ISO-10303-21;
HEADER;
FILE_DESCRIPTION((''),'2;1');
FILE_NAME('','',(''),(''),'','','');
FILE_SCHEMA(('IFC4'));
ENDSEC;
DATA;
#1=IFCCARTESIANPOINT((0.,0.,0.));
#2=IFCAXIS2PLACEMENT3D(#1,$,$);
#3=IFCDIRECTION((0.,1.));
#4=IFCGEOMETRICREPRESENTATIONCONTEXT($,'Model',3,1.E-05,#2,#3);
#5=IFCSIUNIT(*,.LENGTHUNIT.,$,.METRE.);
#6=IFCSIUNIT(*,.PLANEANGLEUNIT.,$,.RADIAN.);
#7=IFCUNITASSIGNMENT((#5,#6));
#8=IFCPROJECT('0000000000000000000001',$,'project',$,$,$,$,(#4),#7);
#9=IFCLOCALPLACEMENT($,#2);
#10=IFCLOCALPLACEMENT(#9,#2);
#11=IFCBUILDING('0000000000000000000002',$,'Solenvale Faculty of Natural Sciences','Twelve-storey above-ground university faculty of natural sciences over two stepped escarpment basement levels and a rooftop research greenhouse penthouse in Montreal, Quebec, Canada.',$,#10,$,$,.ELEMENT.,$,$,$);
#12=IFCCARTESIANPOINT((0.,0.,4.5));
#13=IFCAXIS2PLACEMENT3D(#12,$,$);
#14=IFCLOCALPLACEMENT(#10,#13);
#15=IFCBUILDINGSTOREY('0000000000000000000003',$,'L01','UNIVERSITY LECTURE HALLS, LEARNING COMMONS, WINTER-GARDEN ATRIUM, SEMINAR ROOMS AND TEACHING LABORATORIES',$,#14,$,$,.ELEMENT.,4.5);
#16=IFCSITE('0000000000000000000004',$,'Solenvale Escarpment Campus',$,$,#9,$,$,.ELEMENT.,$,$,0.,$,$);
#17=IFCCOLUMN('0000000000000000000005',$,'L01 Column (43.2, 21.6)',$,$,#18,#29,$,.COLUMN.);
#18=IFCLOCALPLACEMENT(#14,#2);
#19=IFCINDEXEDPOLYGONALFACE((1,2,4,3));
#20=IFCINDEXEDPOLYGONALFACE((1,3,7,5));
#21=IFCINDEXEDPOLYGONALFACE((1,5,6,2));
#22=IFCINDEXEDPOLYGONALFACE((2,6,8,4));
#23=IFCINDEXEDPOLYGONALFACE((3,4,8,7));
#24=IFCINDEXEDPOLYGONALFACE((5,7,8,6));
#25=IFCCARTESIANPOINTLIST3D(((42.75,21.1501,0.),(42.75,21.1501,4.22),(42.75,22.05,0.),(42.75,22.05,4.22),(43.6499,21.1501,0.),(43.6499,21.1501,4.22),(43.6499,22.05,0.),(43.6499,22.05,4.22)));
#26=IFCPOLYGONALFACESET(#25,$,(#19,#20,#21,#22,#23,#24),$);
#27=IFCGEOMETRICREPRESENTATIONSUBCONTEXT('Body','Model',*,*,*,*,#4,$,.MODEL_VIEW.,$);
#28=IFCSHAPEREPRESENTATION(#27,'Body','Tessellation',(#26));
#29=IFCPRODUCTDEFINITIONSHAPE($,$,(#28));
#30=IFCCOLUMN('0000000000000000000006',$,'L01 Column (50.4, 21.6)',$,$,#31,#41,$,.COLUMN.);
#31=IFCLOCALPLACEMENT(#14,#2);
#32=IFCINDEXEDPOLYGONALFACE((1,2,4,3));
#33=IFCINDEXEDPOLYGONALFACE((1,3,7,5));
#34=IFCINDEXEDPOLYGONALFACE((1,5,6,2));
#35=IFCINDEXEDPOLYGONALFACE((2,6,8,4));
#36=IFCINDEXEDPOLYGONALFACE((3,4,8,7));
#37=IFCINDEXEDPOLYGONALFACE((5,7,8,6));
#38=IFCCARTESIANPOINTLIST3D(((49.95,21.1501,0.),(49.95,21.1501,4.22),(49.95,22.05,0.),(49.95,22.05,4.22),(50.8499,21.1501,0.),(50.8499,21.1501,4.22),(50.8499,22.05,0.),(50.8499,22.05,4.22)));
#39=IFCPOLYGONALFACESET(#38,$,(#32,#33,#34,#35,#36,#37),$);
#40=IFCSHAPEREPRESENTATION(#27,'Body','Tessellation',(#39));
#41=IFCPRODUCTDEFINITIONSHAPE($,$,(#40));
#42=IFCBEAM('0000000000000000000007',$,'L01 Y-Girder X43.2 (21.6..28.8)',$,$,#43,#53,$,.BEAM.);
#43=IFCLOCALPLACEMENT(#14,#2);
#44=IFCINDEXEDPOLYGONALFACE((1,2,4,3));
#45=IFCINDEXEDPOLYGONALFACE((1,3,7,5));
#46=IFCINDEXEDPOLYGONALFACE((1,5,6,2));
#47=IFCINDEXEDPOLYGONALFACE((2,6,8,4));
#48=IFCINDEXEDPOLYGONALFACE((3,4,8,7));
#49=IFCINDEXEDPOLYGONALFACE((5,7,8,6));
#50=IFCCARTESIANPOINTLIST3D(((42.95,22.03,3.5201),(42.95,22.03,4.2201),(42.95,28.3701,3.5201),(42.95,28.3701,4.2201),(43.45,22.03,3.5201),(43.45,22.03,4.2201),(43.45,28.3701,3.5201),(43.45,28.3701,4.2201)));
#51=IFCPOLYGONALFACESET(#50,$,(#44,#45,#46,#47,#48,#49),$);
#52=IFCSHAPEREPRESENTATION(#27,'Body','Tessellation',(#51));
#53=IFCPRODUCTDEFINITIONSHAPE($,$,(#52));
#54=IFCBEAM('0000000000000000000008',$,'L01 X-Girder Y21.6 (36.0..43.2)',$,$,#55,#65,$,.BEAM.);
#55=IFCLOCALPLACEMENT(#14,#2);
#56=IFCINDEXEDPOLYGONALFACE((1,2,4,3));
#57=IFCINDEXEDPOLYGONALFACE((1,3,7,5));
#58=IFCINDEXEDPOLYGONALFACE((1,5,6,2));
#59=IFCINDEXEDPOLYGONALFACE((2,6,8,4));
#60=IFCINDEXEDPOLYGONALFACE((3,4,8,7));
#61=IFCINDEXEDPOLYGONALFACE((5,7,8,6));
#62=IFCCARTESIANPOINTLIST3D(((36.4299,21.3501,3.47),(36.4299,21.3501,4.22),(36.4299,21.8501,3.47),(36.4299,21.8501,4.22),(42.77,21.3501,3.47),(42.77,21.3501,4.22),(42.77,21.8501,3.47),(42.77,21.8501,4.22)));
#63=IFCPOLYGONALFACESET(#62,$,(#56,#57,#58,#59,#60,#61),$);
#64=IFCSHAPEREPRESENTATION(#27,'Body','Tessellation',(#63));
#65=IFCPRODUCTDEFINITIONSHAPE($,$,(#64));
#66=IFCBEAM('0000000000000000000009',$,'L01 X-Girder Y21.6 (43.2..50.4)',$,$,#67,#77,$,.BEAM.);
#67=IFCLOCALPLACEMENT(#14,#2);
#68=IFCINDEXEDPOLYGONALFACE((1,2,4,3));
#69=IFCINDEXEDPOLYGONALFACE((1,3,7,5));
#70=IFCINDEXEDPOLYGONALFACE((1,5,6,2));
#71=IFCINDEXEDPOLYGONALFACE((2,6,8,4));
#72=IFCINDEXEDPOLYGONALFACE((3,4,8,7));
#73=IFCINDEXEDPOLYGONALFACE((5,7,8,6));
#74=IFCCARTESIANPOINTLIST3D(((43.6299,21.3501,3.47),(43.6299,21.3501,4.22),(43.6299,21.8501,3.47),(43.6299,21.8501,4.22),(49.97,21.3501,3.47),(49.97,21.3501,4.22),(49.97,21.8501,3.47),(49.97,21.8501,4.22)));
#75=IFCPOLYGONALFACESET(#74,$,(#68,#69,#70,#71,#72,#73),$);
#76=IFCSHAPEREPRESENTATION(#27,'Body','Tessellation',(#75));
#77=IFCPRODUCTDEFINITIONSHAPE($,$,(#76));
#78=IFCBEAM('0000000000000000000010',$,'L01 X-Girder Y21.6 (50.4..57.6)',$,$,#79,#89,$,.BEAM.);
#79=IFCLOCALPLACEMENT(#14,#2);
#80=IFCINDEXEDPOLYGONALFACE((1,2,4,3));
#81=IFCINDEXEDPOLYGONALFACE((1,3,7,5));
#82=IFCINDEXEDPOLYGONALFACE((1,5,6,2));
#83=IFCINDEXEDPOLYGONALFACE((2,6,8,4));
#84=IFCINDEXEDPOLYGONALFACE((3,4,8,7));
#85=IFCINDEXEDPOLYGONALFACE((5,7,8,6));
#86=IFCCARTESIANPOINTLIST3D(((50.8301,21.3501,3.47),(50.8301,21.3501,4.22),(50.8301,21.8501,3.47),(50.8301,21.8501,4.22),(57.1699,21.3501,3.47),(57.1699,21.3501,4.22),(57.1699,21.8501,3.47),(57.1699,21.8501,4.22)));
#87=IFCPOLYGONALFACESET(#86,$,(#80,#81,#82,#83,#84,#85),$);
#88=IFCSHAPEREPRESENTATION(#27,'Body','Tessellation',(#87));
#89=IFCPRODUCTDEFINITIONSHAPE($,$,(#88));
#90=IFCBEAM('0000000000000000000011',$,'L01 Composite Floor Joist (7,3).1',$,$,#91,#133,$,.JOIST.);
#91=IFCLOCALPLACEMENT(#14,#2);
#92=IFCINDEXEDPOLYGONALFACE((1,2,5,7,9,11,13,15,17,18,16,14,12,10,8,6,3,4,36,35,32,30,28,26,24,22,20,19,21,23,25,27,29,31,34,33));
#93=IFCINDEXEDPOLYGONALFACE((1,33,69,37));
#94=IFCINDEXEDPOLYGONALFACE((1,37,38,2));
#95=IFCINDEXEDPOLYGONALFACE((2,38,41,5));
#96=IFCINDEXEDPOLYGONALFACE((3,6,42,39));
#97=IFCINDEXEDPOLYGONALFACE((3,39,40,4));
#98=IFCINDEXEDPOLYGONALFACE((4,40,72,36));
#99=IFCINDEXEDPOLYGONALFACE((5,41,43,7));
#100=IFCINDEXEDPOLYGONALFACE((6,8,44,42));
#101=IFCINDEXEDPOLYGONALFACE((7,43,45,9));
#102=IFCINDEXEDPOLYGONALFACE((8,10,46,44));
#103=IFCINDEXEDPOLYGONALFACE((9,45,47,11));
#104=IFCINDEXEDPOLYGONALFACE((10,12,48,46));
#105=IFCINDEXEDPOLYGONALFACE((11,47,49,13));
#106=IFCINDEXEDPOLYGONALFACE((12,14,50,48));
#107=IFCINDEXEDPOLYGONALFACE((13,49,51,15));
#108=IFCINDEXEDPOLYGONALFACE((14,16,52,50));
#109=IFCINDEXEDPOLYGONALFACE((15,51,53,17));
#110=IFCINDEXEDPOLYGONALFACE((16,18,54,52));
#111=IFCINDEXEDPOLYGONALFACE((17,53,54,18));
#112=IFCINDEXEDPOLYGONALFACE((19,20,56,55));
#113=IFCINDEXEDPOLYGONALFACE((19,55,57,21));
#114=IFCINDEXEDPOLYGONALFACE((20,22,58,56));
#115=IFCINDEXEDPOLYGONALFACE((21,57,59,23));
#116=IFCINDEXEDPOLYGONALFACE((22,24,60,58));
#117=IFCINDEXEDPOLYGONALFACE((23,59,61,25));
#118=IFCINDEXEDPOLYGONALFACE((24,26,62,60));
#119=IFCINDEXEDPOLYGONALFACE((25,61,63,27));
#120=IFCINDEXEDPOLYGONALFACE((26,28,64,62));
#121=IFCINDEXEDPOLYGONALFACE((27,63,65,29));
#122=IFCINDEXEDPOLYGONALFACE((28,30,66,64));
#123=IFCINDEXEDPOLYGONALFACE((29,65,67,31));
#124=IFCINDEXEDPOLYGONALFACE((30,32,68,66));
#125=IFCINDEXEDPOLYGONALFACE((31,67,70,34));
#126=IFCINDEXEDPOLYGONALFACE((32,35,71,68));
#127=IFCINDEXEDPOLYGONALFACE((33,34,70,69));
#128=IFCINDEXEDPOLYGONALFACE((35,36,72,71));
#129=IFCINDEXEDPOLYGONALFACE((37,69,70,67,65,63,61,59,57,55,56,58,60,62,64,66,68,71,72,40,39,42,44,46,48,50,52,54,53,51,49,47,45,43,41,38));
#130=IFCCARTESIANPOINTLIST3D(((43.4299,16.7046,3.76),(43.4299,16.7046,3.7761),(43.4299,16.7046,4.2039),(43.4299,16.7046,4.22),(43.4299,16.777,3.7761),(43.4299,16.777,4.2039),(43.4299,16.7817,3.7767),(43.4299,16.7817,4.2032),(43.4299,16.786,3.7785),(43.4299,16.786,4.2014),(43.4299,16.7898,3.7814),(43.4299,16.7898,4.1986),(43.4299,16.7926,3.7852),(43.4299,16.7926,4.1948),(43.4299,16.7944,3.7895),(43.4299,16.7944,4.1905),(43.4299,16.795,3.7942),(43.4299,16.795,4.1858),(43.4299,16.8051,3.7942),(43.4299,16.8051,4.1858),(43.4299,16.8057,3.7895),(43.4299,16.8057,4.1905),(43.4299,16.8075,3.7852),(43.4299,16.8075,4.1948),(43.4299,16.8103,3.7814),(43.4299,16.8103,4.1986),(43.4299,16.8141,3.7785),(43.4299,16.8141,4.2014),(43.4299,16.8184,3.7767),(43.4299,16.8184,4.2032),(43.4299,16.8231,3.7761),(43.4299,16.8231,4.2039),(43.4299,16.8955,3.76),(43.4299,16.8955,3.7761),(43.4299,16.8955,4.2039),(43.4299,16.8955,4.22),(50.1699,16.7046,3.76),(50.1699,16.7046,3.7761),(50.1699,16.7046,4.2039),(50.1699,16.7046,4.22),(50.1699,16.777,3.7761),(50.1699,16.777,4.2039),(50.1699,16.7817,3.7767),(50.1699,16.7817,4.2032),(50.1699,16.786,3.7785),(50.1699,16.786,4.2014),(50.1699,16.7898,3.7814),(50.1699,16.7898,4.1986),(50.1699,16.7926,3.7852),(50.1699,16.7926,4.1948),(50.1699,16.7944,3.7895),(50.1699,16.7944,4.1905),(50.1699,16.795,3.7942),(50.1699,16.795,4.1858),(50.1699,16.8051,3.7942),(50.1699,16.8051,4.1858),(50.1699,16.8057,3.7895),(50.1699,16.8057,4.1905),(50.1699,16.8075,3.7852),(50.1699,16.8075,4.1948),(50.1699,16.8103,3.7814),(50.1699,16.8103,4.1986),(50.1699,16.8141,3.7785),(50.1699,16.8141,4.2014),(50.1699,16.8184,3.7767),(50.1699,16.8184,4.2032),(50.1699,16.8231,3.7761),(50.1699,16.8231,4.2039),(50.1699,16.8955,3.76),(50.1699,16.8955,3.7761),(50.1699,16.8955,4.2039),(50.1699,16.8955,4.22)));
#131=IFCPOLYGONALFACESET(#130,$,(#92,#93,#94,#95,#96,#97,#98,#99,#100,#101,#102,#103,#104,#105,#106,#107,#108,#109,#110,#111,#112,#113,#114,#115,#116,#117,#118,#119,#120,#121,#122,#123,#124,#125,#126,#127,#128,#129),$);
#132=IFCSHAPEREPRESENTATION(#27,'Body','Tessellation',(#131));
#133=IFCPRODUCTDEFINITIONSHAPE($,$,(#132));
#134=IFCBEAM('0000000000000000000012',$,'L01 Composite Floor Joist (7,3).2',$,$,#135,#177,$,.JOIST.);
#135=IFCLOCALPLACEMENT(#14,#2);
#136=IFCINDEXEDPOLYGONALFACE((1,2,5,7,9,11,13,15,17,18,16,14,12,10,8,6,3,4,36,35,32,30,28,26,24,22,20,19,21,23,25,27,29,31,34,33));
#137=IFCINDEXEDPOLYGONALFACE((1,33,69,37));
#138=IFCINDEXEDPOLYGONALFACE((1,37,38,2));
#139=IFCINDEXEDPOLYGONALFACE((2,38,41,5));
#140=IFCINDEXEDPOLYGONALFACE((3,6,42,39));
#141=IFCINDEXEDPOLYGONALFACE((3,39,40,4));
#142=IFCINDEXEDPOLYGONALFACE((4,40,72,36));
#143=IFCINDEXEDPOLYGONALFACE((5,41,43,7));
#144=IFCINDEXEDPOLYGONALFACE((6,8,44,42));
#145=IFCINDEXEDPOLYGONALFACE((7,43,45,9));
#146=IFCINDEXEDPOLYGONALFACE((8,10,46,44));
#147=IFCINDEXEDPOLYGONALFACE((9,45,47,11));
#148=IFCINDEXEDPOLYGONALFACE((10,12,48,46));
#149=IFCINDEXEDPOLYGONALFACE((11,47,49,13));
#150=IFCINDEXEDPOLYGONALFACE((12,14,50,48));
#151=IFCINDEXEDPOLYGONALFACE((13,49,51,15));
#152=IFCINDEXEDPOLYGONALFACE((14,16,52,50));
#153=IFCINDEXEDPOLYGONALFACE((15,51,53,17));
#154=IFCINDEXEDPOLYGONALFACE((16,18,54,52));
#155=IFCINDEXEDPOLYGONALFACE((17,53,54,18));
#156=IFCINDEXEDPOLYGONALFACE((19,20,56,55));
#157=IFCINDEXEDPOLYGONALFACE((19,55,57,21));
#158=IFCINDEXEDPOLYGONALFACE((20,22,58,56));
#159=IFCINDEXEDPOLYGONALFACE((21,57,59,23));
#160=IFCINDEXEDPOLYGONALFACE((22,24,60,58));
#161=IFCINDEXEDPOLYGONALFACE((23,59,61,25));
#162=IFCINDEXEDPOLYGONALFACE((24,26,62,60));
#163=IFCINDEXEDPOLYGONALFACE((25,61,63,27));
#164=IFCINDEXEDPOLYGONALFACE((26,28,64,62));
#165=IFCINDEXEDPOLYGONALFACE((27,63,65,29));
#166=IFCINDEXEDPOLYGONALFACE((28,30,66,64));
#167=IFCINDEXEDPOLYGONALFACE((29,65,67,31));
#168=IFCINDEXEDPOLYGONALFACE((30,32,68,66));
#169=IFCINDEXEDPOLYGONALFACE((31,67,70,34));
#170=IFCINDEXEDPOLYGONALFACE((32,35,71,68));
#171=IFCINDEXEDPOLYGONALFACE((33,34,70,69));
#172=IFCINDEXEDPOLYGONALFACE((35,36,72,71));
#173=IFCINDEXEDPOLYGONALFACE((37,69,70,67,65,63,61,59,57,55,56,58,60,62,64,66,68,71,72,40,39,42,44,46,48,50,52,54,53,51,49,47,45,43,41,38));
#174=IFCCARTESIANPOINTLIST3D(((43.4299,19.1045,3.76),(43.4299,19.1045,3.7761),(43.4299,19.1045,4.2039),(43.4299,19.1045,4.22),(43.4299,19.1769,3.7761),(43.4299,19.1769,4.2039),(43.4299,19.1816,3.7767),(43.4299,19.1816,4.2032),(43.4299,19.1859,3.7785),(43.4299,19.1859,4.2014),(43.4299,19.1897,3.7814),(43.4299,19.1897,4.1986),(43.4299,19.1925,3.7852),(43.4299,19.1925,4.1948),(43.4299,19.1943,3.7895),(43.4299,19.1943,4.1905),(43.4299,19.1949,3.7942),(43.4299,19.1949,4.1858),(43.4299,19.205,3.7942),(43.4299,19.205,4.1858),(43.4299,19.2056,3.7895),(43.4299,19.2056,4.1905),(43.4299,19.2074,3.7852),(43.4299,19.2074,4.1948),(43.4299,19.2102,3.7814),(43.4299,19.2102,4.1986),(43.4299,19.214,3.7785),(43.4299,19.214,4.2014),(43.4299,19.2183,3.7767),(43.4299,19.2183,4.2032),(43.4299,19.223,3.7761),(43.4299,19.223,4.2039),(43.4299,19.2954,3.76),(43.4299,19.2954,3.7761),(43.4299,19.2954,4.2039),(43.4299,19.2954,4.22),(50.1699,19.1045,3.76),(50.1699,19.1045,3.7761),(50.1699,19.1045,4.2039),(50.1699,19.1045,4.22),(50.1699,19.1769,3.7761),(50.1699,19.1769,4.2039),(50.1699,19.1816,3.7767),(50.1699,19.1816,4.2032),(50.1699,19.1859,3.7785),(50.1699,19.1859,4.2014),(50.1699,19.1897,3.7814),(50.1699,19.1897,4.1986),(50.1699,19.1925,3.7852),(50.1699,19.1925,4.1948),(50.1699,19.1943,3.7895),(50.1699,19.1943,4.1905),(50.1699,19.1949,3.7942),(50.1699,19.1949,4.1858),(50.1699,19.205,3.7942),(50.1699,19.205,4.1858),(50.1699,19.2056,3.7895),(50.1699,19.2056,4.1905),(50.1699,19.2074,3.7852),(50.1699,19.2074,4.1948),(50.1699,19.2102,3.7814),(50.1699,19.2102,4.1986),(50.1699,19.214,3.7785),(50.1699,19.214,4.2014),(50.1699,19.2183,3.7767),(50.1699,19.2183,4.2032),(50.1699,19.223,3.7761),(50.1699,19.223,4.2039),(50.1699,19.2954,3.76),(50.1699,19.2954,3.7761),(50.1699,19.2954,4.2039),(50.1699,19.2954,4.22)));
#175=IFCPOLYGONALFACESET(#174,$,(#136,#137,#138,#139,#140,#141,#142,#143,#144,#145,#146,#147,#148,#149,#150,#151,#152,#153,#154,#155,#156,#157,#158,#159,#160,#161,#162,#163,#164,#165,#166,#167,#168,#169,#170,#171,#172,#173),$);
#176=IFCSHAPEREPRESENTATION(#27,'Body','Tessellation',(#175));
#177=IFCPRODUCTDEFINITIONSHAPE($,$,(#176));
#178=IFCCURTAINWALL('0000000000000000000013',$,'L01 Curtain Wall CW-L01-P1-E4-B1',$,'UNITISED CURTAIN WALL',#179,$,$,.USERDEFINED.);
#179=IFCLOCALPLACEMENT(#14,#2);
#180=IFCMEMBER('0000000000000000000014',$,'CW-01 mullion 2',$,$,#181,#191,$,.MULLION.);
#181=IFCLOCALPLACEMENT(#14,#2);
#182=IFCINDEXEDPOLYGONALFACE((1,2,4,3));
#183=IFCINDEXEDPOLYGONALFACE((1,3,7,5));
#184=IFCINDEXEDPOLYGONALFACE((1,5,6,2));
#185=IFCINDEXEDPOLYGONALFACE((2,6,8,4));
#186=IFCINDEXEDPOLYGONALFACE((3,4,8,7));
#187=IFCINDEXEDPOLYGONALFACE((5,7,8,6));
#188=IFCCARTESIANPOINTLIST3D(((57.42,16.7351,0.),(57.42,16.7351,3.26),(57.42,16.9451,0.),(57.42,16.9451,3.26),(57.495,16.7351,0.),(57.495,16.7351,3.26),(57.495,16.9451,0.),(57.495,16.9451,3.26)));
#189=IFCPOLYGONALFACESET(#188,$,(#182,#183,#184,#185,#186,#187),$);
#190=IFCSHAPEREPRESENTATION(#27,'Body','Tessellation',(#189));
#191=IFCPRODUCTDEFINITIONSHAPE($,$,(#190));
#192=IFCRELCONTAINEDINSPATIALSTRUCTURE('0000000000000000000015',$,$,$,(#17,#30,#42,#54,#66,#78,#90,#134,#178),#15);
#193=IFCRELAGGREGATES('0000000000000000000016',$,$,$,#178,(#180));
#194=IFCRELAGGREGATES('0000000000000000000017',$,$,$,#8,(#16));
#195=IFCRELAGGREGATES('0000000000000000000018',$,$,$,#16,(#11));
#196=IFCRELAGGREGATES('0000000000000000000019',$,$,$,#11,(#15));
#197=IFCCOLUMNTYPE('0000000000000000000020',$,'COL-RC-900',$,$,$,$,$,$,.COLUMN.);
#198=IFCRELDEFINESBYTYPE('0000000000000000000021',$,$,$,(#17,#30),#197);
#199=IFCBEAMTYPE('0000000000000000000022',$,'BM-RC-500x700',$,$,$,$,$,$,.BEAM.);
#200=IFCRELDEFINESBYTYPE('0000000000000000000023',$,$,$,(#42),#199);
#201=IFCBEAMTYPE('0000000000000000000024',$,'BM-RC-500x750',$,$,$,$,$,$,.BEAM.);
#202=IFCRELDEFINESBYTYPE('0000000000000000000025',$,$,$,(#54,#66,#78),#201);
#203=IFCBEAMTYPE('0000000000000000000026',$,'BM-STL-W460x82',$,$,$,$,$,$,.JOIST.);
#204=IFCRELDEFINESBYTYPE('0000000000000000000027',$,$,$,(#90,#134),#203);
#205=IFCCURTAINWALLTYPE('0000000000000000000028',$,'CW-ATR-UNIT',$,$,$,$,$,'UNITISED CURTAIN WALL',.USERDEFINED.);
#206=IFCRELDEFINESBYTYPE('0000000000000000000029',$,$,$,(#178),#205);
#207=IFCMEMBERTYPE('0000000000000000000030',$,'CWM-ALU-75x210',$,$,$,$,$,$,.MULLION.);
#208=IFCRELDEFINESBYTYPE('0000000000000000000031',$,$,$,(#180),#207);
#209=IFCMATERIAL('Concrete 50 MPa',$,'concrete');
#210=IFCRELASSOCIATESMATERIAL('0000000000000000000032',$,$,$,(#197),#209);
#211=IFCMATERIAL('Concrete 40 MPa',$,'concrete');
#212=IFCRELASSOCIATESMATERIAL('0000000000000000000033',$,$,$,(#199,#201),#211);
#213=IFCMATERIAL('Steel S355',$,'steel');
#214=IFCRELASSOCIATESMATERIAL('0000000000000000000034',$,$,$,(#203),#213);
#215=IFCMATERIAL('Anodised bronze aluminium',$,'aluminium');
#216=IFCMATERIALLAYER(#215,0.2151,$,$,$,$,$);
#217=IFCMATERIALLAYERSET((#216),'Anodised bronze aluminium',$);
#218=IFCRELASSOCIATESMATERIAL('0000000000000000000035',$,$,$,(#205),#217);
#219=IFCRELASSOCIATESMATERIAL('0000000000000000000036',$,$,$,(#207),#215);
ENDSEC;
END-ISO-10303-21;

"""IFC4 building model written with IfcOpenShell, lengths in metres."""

from ifc_helpers import new_model, si_unit, direction, frame, origin, origin_2d, place, context, subcontext, project, spatial, rectangle, i_section, extrude, material, layer, layer_set, material_profile, profile_set, type_object, element, aggregate, save


model = new_model("IFC4")

# Units and contexts
model_context = context("Model", 3, precision=1e-05, world=origin(), true_north=direction((0.0, 1.0)))
body_context = subcontext(model_context, "Body", "Model", "MODEL_VIEW")
ifc_project = project(units=[si_unit("LENGTHUNIT", "METRE"), si_unit("PLANEANGLEUNIT", "RADIAN")], contexts=[model_context])

# Site, building, storey
site_placement = place(None, origin())
site = spatial("IfcSite", under=ifc_project, at=site_placement, Name="Solenvale Escarpment Campus", CompositionType="ELEMENT", RefElevation=0.0)
building_placement = place(site_placement, origin())
building = spatial("IfcBuilding", under=site, at=building_placement, Name="Solenvale Faculty of Natural Sciences", Description="Twelve-storey above-ground university faculty of natural sciences over two stepped escarpment basement levels and a rooftop research greenhouse penthouse in Montreal, Quebec, Canada.", CompositionType="ELEMENT")
storey_placement = place(building_placement, frame((0.0, 0.0, 4.5)))
storey = spatial("IfcBuildingStorey", under=building, at=storey_placement, Name="L01", Description="UNIVERSITY LECTURE HALLS, LEARNING COMMONS, WINTER-GARDEN ATRIUM, SEMINAR ROOMS AND TEACHING LABORATORIES", CompositionType="ELEMENT", Elevation=4.5)

# Columns
ifc_material_1 = material(Name="Concrete 50 MPa", Category="concrete")
ifc_material_profile_1 = material_profile(ifc_material_1, rectangle(XDim=0.8999, YDim=0.8999, at=origin_2d()), Name="RC-COL-900x900")
ifc_profile_set_1 = profile_set([ifc_material_profile_1], Name="Concrete 50 MPa")
column_type = type_object("IfcColumnType", Name="COL-RC-900", PredefinedType="COLUMN", material=ifc_profile_set_1)
for number, where, z_axis, x_axis, name in (
    (1, (43.2, 21.6001, 0.0), (0.0, 0.0, 1.0), (1.0, 0.0, 0.0), "L01 Column (43.2, 21.6)"),
    (2, (50.3999, 21.6001, 0.0), (0.0, 0.0, 1.0), (1.0, 0.0, 0.0), "L01 Column (50.4, 21.6)"),
):
    element("IfcColumn", number, at=place(storey_placement, frame(where, z_axis=z_axis, x_axis=x_axis)), inside=storey, type_object=column_type, Name=name, PredefinedType="COLUMN", context=body_context, shape_type="SweptSolid", body=[
        extrude(rectangle(XDim=0.8999, YDim=0.8999, at=origin_2d()), origin(), (0.0, 0.0, 1.0), 4.22),
    ])

# Beams
ifc_material_2 = material(Name="Concrete 40 MPa", Category="concrete")
ifc_material_profile_2 = material_profile(ifc_material_2, rectangle(XDim=0.5, YDim=0.7, at=origin_2d()), Name="RC-BM-500x700")
ifc_profile_set_2 = profile_set([ifc_material_profile_2], Name="Concrete 40 MPa")
beam_type_1 = type_object("IfcBeamType", Name="BM-RC-500x700", PredefinedType="BEAM", material=ifc_profile_set_2)
beam_1_placement = place(storey_placement, frame((43.2, 22.03, 3.8701), z_axis=(0.0, 1.0, 0.0), x_axis=(-1.0, 0.0, 0.0)))
element("IfcBeam", 3, at=beam_1_placement, inside=storey, type_object=beam_type_1, Name="L01 Y-Girder X43.2 (21.6..28.8)", PredefinedType="BEAM", context=body_context, shape_type="SweptSolid", body=[
    extrude(rectangle(XDim=0.5, YDim=0.7, at=origin_2d()), origin(), (0.0, 0.0, 1.0), 6.3401),
])
ifc_material_profile_3 = material_profile(ifc_material_2, rectangle(XDim=0.5, YDim=0.75, at=origin_2d()), Name="RC-BM-500x750")
ifc_profile_set_3 = profile_set([ifc_material_profile_3], Name="Concrete 40 MPa")
beam_type_2 = type_object("IfcBeamType", Name="BM-RC-500x750", PredefinedType="BEAM", material=ifc_profile_set_3)
for number, where, z_axis, x_axis, name in (
    (4, (36.4299, 21.6001, 3.845), (1.0, 0.0, 0.0), (0.0, 1.0, 0.0), "L01 X-Girder Y21.6 (36.0..43.2)"),
    (5, (43.6299, 21.6001, 3.845), (1.0, 0.0, 0.0), (0.0, 1.0, 0.0), "L01 X-Girder Y21.6 (43.2..50.4)"),
):
    element("IfcBeam", number, at=place(storey_placement, frame(where, z_axis=z_axis, x_axis=x_axis)), inside=storey, type_object=beam_type_2, Name=name, PredefinedType="BEAM", context=body_context, shape_type="SweptSolid", body=[
        extrude(rectangle(XDim=0.5, YDim=0.75, at=origin_2d()), origin(), (0.0, 0.0, 1.0), 6.3401),
    ])
beam_2_placement = place(storey_placement, frame((50.8301, 21.6001, 3.845), z_axis=(1.0, 0.0, 0.0), x_axis=(0.0, 1.0, 0.0)))
element("IfcBeam", 6, at=beam_2_placement, inside=storey, type_object=beam_type_2, Name="L01 X-Girder Y21.6 (50.4..57.6)", PredefinedType="BEAM", context=body_context, shape_type="SweptSolid", body=[
    extrude(rectangle(XDim=0.5, YDim=0.75, at=origin_2d()), origin(), (0.0, 0.0, 1.0), 6.3398),
])
ifc_material_3 = material(Name="Steel S355", Category="steel")
ifc_material_profile_4 = material_profile(ifc_material_3, i_section(OverallWidth=0.1909, OverallDepth=0.46, WebThickness=0.01, FlangeThickness=0.0161, FilletRadius=0.0181, at=origin_2d()), Name="W460x82")
ifc_profile_set_4 = profile_set([ifc_material_profile_4], Name="Steel S355")
beam_type_3 = type_object("IfcBeamType", Name="BM-STL-W460x82", PredefinedType="JOIST", material=ifc_profile_set_4)
for number, where, z_axis, x_axis, name in (
    (7, (43.4299, 16.8, 3.99), (1.0, 0.0, 0.0), (0.0, 1.0, 0.0), "L01 Composite Floor Joist (7,3).1"),
    (8, (43.4299, 19.2, 3.99), (1.0, 0.0, 0.0), (0.0, 1.0, 0.0), "L01 Composite Floor Joist (7,3).2"),
):
    element("IfcBeam", number, at=place(storey_placement, frame(where, z_axis=z_axis, x_axis=x_axis)), inside=storey, type_object=beam_type_3, Name=name, PredefinedType="JOIST", context=body_context, shape_type="SweptSolid", body=[
        extrude(i_section(OverallWidth=0.1909, OverallDepth=0.46, WebThickness=0.01, FlangeThickness=0.0161, FilletRadius=0.0181, at=origin_2d()), origin(), (0.0, 0.0, 1.0), 6.74),
    ])

# Curtain wall, member
ifc_material_4 = material(Name="Anodised bronze aluminium", Category="aluminium")
ifc_layer_1 = layer(ifc_material_4, 0.2151)
ifc_layer_set_1 = layer_set([ifc_layer_1], Name="Anodised bronze aluminium")
curtain_wall_type = type_object("IfcCurtainWallType", Name="CW-ATR-UNIT", ElementType="UNITISED CURTAIN WALL", PredefinedType="USERDEFINED", material=ifc_layer_set_1)
curtain_wall_placement = place(storey_placement, origin())
curtain_wall = element("IfcCurtainWall", 9, at=curtain_wall_placement, inside=storey, type_object=curtain_wall_type, Name="L01 Curtain Wall CW-L01-P1-E4-B1", ObjectType="UNITISED CURTAIN WALL", PredefinedType="USERDEFINED")
ifc_material_profile_5 = material_profile(ifc_material_4, rectangle(XDim=0.075, YDim=0.21, at=origin_2d()), Name="ALU-MUL-75x210")
ifc_profile_set_5 = profile_set([ifc_material_profile_5], Name="Anodised bronze aluminium")
member_type_1 = type_object("IfcMemberType", Name="CWM-ALU-75x210", PredefinedType="MULLION", material=ifc_profile_set_5)
member_1_placement = place(storey_placement, frame((57.4575, 16.8401, 0.0), z_axis=(0.0, 0.0, 1.0), x_axis=(-1.0, 0.0, 0.0)))
member_1 = element("IfcMember", 10, at=member_1_placement, type_object=member_type_1, Name="CW-01 mullion 2", PredefinedType="MULLION", context=body_context, shape_type="SweptSolid", body=[
    extrude(rectangle(XDim=0.075, YDim=0.21, at=origin_2d()), origin(), (0.0, 0.0, 1.0), 3.26),
])
aggregate(curtain_wall, [member_1])

save(model, "model.ifc")
